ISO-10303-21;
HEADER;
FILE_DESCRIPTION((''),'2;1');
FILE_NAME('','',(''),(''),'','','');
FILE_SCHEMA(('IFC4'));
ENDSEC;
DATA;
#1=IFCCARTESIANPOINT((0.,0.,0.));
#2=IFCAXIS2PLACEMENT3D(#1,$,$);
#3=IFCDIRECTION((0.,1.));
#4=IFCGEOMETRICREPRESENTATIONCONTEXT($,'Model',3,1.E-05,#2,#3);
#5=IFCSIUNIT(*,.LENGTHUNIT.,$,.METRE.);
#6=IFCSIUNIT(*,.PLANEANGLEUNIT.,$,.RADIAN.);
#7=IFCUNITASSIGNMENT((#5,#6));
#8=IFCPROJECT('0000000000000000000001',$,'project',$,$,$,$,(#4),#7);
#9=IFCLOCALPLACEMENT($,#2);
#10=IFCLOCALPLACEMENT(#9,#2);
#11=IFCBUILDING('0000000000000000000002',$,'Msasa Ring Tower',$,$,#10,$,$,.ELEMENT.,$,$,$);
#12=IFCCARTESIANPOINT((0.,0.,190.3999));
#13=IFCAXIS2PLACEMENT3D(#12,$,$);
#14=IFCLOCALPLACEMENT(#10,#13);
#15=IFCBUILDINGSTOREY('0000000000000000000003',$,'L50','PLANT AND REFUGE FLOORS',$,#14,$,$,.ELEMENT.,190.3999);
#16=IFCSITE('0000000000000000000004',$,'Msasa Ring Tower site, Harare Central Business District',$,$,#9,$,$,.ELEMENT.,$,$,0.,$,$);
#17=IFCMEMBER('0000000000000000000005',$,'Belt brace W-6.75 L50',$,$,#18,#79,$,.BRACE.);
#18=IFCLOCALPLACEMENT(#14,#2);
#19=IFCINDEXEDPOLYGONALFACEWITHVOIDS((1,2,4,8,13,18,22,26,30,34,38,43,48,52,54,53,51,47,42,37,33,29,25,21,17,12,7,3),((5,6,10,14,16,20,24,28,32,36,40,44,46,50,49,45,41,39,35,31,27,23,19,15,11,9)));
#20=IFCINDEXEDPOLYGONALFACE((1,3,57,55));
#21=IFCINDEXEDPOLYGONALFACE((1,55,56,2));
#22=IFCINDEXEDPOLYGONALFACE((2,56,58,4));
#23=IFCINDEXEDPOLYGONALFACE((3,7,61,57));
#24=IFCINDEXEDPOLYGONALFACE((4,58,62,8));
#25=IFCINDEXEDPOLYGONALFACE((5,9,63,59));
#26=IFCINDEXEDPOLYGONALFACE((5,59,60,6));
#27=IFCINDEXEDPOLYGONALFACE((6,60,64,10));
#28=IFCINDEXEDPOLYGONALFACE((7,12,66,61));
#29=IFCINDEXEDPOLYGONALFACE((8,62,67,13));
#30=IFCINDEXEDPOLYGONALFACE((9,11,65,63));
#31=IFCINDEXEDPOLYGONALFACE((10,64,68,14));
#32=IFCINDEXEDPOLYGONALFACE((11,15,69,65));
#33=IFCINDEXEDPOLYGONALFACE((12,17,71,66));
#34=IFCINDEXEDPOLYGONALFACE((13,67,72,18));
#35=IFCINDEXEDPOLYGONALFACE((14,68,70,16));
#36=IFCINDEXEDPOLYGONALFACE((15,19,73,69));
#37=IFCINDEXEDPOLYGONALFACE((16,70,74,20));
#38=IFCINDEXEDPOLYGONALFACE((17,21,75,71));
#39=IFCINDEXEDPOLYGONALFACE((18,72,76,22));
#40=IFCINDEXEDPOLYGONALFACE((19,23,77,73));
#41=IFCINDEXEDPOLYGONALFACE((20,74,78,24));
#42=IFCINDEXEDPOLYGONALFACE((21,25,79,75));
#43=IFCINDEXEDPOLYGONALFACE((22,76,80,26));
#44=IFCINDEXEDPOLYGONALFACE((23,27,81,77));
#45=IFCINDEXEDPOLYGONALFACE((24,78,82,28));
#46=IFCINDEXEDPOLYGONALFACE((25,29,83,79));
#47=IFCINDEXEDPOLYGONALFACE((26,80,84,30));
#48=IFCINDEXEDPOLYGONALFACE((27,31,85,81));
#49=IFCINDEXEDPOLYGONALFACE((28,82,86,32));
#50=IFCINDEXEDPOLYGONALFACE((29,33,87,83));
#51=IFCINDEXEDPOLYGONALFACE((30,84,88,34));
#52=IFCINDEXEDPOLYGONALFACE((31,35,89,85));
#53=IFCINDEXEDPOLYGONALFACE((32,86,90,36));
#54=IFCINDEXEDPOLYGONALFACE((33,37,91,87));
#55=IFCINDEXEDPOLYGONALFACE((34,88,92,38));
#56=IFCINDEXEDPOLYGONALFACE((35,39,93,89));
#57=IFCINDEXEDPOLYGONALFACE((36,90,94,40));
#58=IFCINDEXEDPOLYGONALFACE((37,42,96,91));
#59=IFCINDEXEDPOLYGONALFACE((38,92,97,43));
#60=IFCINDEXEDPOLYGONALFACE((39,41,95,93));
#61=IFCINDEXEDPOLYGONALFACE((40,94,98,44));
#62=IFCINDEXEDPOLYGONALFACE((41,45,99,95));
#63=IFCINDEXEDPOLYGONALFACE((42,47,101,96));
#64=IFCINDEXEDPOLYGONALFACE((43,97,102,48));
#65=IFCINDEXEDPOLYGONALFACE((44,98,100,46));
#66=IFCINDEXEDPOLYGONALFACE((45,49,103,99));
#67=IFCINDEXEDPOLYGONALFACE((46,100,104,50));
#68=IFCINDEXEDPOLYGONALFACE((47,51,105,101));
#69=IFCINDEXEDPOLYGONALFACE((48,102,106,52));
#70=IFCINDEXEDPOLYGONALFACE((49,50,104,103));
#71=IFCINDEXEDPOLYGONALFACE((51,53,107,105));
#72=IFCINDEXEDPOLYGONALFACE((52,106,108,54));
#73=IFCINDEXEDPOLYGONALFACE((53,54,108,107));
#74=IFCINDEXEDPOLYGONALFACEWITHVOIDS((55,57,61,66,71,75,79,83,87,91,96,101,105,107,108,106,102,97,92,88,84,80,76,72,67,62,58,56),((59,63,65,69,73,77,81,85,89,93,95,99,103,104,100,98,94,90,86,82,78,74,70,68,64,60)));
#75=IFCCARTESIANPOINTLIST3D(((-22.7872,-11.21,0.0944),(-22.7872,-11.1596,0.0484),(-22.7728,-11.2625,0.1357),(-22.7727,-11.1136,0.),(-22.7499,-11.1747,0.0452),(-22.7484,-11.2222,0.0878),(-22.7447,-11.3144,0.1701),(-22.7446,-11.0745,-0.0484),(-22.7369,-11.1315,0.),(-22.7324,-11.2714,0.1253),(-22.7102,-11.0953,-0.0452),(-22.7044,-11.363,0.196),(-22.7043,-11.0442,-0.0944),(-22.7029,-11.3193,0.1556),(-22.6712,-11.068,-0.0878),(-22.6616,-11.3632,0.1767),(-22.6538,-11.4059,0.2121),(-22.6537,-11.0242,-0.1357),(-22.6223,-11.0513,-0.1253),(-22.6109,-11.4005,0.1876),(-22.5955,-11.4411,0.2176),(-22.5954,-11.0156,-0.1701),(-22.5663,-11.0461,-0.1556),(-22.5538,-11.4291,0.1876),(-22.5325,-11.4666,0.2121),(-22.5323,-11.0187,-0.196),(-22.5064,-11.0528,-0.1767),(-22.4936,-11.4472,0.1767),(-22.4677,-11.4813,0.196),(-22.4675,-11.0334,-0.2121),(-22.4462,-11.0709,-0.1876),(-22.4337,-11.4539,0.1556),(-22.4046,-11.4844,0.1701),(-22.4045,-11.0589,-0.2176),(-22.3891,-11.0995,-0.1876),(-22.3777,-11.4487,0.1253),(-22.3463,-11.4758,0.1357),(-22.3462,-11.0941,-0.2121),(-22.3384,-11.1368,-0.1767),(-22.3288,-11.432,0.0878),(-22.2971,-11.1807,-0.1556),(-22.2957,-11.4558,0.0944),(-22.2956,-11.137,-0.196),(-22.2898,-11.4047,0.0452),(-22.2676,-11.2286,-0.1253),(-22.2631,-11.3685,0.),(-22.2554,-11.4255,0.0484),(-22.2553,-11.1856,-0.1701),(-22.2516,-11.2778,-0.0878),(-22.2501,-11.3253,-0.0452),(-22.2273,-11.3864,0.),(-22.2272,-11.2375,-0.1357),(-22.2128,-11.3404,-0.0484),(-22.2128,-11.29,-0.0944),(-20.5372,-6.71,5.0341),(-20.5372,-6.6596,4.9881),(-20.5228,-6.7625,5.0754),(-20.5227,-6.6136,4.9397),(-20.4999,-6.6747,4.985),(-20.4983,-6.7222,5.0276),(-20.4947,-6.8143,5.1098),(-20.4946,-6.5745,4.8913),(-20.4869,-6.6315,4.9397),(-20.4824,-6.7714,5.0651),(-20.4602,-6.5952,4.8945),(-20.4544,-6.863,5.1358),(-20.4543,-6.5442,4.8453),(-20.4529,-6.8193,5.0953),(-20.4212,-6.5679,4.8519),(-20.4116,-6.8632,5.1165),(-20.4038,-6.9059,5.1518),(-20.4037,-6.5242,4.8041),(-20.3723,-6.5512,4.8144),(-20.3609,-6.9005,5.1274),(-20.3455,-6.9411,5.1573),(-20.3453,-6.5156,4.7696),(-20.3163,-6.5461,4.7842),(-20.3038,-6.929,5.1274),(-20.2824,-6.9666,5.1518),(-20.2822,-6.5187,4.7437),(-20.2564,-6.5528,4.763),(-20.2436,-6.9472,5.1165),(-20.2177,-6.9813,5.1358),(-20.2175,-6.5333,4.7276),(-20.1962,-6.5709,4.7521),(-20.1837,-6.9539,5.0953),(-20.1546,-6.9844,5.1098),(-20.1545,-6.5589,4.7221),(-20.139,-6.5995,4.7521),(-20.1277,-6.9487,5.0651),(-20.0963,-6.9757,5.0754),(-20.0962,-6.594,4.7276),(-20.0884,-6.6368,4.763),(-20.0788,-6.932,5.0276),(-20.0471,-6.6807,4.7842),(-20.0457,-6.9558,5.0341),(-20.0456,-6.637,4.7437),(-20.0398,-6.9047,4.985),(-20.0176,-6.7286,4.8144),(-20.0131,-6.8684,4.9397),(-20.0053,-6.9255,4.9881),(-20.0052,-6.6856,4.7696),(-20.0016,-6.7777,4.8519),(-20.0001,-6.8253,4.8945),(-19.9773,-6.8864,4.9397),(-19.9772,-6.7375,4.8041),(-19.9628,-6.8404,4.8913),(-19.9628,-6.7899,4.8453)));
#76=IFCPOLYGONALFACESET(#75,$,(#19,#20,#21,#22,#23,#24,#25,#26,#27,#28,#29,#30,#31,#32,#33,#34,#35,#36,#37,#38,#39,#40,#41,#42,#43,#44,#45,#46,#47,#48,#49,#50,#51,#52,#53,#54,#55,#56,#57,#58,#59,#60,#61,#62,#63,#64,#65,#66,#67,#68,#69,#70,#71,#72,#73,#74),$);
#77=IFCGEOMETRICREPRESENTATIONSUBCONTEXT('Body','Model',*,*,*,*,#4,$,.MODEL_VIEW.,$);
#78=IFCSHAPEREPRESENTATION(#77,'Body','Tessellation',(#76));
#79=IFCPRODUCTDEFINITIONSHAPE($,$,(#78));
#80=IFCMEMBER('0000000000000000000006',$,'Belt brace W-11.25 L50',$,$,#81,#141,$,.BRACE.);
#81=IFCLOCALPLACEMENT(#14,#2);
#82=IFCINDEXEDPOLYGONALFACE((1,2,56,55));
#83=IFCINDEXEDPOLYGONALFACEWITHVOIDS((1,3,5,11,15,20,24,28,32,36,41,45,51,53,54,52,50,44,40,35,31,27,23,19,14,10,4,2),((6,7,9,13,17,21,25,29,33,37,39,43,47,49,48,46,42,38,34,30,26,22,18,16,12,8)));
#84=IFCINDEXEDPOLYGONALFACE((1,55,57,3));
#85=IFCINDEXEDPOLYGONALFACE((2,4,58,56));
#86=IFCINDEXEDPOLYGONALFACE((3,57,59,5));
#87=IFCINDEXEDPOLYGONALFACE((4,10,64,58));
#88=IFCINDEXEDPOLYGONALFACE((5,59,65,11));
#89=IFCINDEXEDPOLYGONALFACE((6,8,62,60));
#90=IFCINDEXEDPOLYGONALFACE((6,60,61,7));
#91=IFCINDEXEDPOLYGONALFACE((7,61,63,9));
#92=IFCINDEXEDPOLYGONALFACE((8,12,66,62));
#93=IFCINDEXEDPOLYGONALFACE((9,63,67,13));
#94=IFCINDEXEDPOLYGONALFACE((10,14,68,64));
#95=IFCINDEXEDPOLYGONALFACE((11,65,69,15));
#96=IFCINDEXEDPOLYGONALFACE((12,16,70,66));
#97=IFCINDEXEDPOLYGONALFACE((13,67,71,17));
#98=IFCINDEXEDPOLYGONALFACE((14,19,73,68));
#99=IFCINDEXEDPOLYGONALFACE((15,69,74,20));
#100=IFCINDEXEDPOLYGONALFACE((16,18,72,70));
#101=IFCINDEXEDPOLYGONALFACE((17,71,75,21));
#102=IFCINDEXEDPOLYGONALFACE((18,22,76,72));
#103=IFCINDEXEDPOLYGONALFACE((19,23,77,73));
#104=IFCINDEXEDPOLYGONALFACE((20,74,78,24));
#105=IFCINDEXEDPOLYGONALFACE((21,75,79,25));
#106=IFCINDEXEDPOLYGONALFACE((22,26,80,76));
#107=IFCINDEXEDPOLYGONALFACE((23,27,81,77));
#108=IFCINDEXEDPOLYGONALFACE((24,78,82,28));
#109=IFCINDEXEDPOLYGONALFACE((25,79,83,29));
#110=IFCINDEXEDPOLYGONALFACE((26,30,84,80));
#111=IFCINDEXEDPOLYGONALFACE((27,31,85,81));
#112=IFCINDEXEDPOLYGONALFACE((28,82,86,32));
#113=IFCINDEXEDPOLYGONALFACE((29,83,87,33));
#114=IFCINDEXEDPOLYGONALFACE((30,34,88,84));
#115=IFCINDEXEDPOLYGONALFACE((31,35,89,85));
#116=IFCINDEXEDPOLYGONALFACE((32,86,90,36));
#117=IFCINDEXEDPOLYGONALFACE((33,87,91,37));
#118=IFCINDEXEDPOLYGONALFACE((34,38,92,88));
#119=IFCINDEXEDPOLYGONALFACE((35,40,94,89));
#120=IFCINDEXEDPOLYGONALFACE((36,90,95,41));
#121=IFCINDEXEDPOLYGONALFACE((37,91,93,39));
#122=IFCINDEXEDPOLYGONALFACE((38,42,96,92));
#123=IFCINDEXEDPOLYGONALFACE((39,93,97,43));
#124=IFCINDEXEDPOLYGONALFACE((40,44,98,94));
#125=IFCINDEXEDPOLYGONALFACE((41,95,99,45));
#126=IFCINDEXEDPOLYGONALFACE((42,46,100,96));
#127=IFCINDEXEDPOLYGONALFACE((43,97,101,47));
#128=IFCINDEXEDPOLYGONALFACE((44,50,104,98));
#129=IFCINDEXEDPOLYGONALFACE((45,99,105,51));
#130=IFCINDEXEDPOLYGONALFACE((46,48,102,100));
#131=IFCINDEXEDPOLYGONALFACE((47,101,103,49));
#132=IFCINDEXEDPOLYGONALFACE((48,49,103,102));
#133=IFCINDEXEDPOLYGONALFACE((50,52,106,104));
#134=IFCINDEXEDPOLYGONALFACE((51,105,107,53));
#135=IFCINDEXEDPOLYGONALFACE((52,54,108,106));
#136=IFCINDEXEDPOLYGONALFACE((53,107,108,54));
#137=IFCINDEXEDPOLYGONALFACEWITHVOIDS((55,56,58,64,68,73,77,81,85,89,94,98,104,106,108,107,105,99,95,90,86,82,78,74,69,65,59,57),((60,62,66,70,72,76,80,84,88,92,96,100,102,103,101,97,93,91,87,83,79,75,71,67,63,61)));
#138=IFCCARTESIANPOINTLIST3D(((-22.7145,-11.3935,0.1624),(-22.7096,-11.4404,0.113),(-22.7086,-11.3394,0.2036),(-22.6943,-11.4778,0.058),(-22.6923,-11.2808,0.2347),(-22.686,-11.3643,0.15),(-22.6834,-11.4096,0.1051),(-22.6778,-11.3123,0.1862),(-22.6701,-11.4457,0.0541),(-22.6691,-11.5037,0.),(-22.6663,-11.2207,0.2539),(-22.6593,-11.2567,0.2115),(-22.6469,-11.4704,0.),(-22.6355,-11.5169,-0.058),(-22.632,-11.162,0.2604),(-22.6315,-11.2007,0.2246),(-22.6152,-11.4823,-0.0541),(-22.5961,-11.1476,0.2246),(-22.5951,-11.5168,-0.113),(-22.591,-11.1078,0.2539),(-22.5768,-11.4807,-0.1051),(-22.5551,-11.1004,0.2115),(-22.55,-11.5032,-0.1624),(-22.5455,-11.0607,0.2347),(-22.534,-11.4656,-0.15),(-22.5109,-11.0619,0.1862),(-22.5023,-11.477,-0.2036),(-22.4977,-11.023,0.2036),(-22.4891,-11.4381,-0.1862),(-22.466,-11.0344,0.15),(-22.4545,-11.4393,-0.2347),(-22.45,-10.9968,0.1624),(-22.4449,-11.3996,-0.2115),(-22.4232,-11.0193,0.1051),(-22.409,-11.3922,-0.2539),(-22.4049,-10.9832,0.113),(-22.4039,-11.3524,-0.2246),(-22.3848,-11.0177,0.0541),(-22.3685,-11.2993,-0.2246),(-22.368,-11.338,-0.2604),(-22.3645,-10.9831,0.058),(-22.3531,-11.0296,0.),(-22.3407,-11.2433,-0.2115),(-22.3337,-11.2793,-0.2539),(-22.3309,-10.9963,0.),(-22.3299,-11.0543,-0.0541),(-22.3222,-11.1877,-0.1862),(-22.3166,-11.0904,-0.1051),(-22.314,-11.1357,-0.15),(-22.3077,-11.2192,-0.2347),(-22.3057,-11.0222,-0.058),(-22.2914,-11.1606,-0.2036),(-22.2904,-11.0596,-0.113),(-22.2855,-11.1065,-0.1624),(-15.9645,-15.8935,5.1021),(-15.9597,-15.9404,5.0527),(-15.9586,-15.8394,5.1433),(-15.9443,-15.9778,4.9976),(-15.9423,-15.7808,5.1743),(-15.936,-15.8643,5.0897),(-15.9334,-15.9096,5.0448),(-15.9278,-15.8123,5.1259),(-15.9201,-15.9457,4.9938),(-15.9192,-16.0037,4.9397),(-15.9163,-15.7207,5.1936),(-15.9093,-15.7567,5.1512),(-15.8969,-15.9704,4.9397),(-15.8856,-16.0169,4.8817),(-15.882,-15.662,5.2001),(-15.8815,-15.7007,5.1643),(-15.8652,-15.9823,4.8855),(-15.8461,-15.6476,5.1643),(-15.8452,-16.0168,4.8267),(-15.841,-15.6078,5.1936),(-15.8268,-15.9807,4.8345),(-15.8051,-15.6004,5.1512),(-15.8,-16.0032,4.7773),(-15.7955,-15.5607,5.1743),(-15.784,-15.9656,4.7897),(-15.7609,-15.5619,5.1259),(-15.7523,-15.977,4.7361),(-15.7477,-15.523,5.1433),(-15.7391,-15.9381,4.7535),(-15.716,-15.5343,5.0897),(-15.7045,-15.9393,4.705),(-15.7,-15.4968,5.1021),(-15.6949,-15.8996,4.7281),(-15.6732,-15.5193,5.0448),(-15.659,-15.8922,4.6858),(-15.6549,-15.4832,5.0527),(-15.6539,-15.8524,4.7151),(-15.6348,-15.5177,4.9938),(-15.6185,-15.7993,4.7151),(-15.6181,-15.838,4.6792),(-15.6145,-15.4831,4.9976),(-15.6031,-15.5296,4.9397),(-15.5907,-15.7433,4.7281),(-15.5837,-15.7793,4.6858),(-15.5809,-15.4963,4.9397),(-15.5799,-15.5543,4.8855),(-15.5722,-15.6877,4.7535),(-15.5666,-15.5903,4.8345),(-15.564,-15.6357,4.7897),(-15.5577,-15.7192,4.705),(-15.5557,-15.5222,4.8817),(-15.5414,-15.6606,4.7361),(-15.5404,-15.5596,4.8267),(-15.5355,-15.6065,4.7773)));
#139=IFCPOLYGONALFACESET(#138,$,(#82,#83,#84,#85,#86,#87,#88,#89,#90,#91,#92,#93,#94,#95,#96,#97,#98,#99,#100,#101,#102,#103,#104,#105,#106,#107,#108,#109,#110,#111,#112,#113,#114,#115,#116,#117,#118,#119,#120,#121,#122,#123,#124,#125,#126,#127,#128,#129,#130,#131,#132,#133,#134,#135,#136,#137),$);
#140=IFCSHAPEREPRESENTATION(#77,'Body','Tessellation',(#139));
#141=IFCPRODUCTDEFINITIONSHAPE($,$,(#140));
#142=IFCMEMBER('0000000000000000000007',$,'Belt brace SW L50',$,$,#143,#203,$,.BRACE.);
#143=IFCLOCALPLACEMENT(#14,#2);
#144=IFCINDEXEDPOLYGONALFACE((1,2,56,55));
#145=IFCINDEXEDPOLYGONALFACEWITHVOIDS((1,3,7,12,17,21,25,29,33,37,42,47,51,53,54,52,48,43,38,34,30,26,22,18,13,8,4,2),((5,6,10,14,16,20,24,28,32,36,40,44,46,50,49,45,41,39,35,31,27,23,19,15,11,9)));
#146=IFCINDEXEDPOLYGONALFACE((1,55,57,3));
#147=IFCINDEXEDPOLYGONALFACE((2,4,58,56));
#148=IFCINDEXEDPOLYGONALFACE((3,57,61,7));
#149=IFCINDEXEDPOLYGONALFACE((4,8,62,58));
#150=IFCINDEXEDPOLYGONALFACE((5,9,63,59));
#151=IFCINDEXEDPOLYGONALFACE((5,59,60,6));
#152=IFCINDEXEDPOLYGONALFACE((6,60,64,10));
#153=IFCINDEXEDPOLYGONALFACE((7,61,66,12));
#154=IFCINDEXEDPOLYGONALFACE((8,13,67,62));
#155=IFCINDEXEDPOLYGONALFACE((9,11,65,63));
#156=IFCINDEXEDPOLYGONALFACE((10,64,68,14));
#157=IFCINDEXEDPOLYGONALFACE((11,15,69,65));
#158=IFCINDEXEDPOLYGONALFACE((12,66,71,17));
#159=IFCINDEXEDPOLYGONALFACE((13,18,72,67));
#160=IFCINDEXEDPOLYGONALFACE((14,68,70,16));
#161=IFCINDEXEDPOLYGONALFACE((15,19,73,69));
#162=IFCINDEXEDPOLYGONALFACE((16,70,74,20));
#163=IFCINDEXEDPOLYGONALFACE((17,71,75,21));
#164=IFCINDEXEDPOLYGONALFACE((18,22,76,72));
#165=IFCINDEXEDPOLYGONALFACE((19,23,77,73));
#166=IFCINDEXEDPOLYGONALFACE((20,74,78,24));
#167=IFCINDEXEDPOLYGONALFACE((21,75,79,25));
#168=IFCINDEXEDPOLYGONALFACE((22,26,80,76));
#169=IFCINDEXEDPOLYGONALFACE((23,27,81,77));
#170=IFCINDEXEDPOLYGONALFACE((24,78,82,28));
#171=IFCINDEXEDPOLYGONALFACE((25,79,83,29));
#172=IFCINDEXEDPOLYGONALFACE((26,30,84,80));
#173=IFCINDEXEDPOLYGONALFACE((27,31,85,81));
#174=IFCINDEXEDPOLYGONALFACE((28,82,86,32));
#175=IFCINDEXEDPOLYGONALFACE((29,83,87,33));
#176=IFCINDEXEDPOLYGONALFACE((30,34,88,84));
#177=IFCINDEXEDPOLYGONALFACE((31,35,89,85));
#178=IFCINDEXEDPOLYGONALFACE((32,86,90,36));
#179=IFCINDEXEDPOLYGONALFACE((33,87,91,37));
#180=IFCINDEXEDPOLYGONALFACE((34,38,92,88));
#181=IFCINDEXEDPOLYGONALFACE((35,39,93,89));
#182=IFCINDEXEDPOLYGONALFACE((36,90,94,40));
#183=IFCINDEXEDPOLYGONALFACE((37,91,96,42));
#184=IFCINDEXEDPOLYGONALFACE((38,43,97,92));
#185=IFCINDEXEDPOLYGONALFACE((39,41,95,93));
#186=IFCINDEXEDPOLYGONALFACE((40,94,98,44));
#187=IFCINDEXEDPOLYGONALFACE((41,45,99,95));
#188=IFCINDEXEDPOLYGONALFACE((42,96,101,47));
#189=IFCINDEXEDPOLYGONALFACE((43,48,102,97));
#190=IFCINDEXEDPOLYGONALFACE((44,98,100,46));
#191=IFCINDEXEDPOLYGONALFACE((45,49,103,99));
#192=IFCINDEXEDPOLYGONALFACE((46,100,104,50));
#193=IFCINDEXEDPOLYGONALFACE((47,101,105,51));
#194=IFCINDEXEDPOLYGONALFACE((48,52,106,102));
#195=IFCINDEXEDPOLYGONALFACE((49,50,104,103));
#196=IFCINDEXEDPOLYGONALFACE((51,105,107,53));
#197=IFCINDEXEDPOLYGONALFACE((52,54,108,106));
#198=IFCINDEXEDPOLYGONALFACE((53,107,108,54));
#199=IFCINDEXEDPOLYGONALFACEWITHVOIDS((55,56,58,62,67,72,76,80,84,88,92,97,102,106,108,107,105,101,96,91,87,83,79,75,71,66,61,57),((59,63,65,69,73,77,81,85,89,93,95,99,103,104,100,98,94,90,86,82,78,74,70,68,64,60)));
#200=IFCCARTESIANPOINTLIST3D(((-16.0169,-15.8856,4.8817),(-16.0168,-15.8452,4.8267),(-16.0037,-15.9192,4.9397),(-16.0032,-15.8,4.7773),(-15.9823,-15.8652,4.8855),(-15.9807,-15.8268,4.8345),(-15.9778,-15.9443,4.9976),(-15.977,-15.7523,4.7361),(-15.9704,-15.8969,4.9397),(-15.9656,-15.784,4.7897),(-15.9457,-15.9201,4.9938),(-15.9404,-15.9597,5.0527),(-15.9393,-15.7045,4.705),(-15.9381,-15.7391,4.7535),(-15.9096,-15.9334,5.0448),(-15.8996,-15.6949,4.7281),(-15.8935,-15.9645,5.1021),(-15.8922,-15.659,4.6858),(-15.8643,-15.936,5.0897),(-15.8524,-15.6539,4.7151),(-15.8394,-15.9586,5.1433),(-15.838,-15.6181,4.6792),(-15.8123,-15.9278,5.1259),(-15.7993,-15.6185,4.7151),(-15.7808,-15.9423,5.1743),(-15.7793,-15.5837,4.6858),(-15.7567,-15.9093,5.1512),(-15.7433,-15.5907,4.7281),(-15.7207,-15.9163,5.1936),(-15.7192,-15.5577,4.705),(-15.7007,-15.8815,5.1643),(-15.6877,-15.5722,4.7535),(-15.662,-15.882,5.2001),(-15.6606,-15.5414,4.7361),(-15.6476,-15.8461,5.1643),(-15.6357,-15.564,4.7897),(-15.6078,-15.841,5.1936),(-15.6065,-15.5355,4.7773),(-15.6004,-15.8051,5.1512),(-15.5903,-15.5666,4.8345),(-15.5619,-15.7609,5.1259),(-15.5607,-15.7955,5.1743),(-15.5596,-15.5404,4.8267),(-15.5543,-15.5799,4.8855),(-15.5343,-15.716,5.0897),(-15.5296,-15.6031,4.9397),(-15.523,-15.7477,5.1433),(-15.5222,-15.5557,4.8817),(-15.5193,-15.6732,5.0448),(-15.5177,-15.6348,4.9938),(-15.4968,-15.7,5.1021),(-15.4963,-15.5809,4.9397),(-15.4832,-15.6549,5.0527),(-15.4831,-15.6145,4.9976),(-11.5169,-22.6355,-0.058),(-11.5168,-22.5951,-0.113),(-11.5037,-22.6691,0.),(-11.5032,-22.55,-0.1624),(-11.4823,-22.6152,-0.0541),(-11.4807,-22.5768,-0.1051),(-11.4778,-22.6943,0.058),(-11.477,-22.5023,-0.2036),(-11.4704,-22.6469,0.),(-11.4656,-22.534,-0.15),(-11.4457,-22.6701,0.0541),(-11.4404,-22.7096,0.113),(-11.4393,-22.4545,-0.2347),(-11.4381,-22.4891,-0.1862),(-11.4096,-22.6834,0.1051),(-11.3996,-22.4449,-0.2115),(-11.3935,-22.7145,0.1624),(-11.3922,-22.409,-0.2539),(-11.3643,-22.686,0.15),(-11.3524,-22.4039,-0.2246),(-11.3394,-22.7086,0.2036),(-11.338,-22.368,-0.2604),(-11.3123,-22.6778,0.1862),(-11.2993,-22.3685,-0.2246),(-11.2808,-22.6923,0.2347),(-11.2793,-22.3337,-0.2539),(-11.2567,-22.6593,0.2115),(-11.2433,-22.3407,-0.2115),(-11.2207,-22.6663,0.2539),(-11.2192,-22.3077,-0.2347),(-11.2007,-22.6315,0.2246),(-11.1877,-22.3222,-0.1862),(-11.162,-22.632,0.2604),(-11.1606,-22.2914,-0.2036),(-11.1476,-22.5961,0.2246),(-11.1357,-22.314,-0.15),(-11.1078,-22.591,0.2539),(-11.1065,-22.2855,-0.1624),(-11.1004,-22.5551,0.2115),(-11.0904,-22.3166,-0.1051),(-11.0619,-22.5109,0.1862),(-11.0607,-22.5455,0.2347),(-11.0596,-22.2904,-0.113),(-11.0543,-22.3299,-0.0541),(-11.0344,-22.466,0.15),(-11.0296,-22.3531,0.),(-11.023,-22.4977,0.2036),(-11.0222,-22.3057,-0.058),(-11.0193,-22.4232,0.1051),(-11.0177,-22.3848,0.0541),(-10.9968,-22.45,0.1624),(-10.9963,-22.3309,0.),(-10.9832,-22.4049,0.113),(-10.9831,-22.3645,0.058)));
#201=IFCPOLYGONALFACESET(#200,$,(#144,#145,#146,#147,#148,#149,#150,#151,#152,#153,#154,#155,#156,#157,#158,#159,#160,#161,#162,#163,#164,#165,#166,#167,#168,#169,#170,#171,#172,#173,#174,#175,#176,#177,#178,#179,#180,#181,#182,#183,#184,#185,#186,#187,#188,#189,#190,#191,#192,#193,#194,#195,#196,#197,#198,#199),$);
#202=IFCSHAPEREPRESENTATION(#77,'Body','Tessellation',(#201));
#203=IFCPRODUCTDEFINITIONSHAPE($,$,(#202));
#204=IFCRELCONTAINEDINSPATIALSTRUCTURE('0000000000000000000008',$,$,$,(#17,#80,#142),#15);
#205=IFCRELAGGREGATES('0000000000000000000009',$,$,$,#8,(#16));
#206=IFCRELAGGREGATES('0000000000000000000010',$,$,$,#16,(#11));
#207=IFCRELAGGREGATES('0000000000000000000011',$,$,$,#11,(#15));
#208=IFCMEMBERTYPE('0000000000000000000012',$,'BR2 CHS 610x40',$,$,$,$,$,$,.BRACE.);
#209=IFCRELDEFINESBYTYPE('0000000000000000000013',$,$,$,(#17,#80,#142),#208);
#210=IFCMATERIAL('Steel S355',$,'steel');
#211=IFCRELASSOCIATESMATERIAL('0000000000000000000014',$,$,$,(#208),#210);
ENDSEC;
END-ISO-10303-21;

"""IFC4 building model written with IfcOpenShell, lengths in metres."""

from ifc_helpers import new_model, si_unit, direction, frame, origin, origin_2d, place, context, subcontext, project, spatial, hollow_circle, extrude, material, material_profile, profile_set, type_object, element, save


model = new_model("IFC4")

# Units and contexts
model_context = context("Model", 3, precision=1e-05, world=origin(), true_north=direction((0.0, 1.0)))
body_context = subcontext(model_context, "Body", "Model", "MODEL_VIEW")
ifc_project = project(units=[si_unit("LENGTHUNIT", "METRE"), si_unit("PLANEANGLEUNIT", "RADIAN")], contexts=[model_context])

# Site, building, storey
site_placement = place(None, origin())
site = spatial("IfcSite", under=ifc_project, at=site_placement, Name="Msasa Ring Tower site, Harare Central Business District", CompositionType="ELEMENT", RefElevation=0.0)
building_placement = place(site_placement, origin())
building = spatial("IfcBuilding", under=site, at=building_placement, Name="Msasa Ring Tower", CompositionType="ELEMENT")
storey_placement = place(building_placement, frame((0.0, 0.0, 190.3999)))
storey = spatial("IfcBuildingStorey", under=building, at=storey_placement, Name="L50", Description="PLANT AND REFUGE FLOORS", CompositionType="ELEMENT", Elevation=190.3999)

# Members
ifc_material_1 = material(Name="Steel S355", Category="steel")
ifc_material_profile_1 = material_profile(ifc_material_1, hollow_circle(Radius=0.3049, WallThickness=0.04, at=origin_2d()), Name="CHS 610x40")
ifc_profile_set_1 = profile_set([ifc_material_profile_1], Name="Steel S355")
member_type = type_object("IfcMemberType", Name="BR2 CHS 610x40", PredefinedType="BRACE", material=ifc_profile_set_1)
member_placement = place(storey_placement, frame((-22.5, -11.25, 0.0), z_axis=(0.319115, 0.63823, 0.700592), x_axis=(-0.894427, 0.447214, 0.0)))
element("IfcMember", 1, at=member_placement, inside=storey, type_object=member_type, Name="Belt brace W-6.75 L50", PredefinedType="BRACE", context=body_context, shape_type="SweptSolid", body=[
    extrude(hollow_circle(Radius=0.3049, WallThickness=0.04, at=origin_2d()), origin(), (0.0, 0.0, 1.0), 7.0508),
])
for number, where, z_axis, x_axis, name in (
    (2, (-22.5, -11.25, 0.0), (0.710672, -0.473781, 0.520074), (0.5547, 0.83205, 0.0), "Belt brace W-11.25 L50"),
    (3, (-11.25, -22.5, 0.0), (-0.473781, 0.710672, 0.520074), (-0.83205, -0.5547, 0.0), "Belt brace SW L50"),
):
    element("IfcMember", number, at=place(storey_placement, frame(where, z_axis=z_axis, x_axis=x_axis)), inside=storey, type_object=member_type, Name=name, PredefinedType="BRACE", context=body_context, shape_type="SweptSolid", body=[
        extrude(hollow_circle(Radius=0.3049, WallThickness=0.04, at=origin_2d()), origin(), (0.0, 0.0, 1.0), 9.498),
    ])

save(model, "model.ifc")
